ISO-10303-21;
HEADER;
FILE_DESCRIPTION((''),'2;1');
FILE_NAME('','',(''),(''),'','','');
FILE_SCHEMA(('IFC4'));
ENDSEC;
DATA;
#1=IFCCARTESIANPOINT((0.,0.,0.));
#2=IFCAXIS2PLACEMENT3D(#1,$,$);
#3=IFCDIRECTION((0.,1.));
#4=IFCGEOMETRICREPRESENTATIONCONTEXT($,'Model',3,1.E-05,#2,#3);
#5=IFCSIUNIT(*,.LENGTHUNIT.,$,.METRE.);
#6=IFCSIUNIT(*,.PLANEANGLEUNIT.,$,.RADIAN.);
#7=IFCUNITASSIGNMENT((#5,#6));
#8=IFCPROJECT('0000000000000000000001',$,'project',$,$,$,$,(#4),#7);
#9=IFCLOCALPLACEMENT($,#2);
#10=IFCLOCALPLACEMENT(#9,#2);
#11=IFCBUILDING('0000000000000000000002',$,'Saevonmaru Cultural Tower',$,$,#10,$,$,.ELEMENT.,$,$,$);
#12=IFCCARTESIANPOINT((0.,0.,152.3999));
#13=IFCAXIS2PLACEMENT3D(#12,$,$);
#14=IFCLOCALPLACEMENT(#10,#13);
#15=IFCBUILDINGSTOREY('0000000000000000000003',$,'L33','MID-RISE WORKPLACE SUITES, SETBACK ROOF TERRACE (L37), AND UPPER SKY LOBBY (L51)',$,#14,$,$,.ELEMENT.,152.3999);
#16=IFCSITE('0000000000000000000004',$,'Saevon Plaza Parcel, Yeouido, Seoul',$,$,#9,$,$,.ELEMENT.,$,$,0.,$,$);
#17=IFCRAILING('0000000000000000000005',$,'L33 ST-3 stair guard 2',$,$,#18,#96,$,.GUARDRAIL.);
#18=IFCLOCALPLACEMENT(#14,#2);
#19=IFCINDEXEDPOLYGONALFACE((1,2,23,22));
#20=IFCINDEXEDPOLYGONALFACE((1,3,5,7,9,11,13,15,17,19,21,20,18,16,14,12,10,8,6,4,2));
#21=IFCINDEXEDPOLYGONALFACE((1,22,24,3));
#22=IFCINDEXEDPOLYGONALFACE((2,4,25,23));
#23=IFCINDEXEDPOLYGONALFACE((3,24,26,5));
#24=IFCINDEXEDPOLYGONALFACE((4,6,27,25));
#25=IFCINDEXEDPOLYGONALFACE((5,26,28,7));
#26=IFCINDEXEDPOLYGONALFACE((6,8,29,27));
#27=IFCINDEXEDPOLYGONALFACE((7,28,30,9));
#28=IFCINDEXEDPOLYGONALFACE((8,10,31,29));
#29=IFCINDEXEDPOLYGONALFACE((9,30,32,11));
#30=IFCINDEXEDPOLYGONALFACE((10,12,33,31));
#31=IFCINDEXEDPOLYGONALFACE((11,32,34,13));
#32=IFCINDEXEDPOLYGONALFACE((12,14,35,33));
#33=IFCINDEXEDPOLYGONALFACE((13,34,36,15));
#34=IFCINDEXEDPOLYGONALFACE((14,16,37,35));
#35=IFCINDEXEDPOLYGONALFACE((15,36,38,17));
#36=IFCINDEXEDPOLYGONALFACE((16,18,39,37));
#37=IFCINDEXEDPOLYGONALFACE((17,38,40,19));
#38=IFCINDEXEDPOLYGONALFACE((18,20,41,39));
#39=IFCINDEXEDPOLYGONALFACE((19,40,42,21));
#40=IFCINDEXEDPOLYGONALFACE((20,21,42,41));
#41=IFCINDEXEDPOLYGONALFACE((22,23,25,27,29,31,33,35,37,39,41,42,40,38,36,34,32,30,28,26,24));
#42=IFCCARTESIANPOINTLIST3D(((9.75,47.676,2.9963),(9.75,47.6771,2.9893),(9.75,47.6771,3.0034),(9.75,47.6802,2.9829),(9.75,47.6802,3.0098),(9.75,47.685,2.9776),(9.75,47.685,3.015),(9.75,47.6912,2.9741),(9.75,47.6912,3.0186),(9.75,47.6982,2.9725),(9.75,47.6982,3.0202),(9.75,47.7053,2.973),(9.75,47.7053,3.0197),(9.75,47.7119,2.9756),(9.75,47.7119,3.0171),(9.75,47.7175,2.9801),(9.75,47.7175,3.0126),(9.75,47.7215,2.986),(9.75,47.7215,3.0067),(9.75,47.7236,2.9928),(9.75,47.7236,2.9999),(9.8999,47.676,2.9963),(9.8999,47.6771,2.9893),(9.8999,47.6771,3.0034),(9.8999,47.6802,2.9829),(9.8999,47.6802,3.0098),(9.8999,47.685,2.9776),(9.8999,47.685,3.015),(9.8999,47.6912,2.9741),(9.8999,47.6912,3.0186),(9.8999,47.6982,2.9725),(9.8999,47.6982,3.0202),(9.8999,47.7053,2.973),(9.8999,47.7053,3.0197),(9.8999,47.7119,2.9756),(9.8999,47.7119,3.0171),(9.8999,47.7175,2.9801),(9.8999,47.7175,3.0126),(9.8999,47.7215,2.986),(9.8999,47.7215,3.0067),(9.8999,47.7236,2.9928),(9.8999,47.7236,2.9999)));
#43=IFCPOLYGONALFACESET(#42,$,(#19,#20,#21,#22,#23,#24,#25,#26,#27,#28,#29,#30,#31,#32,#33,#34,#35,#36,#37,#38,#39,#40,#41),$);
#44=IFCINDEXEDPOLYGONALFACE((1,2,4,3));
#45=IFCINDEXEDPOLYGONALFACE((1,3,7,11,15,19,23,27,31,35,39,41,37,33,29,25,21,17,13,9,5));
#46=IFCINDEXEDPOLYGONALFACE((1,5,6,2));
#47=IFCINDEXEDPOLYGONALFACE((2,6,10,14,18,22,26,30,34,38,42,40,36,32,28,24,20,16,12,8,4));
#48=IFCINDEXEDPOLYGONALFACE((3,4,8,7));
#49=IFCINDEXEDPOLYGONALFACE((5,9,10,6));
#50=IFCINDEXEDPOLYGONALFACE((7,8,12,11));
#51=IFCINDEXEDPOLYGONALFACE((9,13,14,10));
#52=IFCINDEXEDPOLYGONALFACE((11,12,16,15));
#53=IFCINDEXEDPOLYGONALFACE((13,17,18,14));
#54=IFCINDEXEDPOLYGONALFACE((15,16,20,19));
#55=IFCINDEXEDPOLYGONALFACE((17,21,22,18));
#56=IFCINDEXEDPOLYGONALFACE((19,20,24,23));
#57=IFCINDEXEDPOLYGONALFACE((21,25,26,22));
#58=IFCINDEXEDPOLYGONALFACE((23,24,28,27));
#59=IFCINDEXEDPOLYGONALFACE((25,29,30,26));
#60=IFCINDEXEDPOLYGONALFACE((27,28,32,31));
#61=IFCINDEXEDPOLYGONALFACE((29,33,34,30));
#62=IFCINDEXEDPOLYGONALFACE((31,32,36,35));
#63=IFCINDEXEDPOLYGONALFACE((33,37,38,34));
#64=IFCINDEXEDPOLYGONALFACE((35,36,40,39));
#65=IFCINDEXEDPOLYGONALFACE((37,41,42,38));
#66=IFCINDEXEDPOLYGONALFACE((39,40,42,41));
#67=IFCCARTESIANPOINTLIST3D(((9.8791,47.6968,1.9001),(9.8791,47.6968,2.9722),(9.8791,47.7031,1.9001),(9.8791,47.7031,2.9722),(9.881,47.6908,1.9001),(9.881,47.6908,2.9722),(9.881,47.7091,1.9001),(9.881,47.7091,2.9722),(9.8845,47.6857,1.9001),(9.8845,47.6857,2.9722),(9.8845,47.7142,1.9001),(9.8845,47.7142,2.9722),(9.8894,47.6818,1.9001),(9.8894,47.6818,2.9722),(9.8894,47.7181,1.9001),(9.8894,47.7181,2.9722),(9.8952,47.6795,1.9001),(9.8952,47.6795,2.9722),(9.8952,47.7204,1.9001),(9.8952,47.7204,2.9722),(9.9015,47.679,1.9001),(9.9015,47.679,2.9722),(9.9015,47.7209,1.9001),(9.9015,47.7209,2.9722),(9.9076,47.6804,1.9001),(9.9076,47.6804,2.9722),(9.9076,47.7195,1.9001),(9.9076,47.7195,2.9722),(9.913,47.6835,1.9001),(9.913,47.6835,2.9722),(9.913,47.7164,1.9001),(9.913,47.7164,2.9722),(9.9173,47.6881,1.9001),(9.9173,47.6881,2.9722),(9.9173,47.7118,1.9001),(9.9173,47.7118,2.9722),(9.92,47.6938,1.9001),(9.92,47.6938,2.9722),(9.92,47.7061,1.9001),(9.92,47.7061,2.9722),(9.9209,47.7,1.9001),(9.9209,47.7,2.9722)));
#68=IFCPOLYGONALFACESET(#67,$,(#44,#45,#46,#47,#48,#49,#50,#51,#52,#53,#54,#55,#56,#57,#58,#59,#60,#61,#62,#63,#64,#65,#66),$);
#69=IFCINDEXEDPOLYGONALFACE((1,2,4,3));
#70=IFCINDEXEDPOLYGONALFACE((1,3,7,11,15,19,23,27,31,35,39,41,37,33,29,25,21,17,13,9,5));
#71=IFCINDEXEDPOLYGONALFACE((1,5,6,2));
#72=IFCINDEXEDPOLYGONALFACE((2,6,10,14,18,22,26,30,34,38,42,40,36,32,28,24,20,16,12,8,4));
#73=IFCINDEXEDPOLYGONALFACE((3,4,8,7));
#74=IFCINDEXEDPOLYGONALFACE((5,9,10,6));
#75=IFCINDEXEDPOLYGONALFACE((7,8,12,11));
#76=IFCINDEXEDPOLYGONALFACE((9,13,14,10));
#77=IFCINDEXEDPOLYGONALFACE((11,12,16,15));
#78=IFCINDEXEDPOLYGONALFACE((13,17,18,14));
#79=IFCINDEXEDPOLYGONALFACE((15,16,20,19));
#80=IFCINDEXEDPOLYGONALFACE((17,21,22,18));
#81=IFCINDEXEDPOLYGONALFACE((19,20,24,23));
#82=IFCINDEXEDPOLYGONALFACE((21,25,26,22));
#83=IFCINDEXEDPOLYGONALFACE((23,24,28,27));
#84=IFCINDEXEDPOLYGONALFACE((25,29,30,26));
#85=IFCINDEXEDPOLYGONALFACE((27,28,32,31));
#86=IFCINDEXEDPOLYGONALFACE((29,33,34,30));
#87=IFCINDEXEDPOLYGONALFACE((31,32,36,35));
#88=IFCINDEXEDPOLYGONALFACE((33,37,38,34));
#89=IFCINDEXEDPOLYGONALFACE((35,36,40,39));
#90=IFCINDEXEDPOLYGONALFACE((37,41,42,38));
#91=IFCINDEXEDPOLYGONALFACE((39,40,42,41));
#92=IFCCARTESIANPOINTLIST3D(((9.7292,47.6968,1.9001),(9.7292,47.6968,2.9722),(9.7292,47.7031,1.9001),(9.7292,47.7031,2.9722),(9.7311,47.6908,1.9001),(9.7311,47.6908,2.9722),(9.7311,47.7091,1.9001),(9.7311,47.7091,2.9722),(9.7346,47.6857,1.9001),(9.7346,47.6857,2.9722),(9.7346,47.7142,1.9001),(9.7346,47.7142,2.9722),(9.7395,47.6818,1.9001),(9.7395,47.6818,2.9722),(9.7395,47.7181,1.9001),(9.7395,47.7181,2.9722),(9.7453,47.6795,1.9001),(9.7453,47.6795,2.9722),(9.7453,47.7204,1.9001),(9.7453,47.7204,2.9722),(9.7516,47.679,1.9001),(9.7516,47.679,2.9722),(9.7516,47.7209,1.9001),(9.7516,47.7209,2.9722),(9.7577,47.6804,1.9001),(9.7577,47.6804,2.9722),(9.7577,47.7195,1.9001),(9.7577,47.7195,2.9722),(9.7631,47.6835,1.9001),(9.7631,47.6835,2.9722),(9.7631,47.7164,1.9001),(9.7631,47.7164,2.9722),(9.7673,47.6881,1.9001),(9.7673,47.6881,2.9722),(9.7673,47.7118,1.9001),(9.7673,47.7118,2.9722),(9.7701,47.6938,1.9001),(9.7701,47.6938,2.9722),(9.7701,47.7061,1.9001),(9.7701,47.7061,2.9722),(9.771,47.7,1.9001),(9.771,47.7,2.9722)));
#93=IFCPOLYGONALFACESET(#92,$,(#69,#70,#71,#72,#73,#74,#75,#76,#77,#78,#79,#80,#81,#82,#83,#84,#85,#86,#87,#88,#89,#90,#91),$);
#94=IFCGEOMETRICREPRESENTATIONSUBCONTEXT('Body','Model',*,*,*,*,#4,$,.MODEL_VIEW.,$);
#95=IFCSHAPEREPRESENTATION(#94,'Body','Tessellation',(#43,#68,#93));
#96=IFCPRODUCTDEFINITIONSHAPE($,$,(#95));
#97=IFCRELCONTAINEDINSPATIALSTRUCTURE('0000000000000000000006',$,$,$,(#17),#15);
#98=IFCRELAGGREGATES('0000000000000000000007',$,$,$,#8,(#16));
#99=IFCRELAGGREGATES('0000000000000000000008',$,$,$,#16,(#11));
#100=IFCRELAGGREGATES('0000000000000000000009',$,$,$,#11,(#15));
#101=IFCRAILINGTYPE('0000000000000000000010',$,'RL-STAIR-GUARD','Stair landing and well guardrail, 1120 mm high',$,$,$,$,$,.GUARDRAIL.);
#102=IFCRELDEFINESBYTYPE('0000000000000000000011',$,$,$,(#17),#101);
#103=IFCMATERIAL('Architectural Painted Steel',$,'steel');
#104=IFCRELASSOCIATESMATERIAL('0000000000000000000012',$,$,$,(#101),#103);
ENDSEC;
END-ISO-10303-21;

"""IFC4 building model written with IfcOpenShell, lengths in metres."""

from ifc_helpers import new_model, si_unit, direction, frame, origin, origin_2d, place, context, subcontext, project, spatial, circle, extrude, material, type_object, element, save


model = new_model("IFC4")

# Units and contexts
model_context = context("Model", 3, precision=1e-05, world=origin(), true_north=direction((0.0, 1.0)))
body_context = subcontext(model_context, "Body", "Model", "MODEL_VIEW")
ifc_project = project(units=[si_unit("LENGTHUNIT", "METRE"), si_unit("PLANEANGLEUNIT", "RADIAN")], contexts=[model_context])

# Site, building, storey
site_placement = place(None, origin())
site = spatial("IfcSite", under=ifc_project, at=site_placement, Name="Saevon Plaza Parcel, Yeouido, Seoul", CompositionType="ELEMENT", RefElevation=0.0)
building_placement = place(site_placement, origin())
building = spatial("IfcBuilding", under=site, at=building_placement, Name="Saevonmaru Cultural Tower", CompositionType="ELEMENT")
storey_placement = place(building_placement, frame((0.0, 0.0, 152.3999)))
storey = spatial("IfcBuildingStorey", under=building, at=storey_placement, Name="L33", Description="MID-RISE WORKPLACE SUITES, SETBACK ROOF TERRACE (L37), AND UPPER SKY LOBBY (L51)", CompositionType="ELEMENT", Elevation=152.3999)

# Railing
ifc_material_1 = material(Name="Architectural Painted Steel", Category="steel")
railing_type_1 = type_object("IfcRailingType", Name="RL-STAIR-GUARD", Description="Stair landing and well guardrail, 1120 mm high", PredefinedType="GUARDRAIL", material=ifc_material_1)
railing_1_placement = place(storey_placement, frame((9.8999, 47.7, 1.9001)))
element("IfcRailing", 1, at=railing_1_placement, inside=storey, type_object=railing_type_1, Name="L33 ST-3 stair guard 2", PredefinedType="GUARDRAIL", context=body_context, shape_type="SweptSolid", body=[
    extrude(circle(Radius=0.0239, at=origin_2d()), frame((0.0, 0.0, 1.0962), z_axis=(-1.0, 0.0, 0.0), x_axis=(0.0, -1.0, 0.0)), (0.0, 0.0, 1.0), 0.1499),
    extrude(circle(Radius=0.021, at=origin_2d()), origin(), (0.0, 0.0, 1.0), 1.072),
    extrude(circle(Radius=0.021, at=origin_2d()), frame((-0.1499, 0.0, 0.0)), (0.0, 0.0, 1.0), 1.072),
])

save(model, "model.ifc")
